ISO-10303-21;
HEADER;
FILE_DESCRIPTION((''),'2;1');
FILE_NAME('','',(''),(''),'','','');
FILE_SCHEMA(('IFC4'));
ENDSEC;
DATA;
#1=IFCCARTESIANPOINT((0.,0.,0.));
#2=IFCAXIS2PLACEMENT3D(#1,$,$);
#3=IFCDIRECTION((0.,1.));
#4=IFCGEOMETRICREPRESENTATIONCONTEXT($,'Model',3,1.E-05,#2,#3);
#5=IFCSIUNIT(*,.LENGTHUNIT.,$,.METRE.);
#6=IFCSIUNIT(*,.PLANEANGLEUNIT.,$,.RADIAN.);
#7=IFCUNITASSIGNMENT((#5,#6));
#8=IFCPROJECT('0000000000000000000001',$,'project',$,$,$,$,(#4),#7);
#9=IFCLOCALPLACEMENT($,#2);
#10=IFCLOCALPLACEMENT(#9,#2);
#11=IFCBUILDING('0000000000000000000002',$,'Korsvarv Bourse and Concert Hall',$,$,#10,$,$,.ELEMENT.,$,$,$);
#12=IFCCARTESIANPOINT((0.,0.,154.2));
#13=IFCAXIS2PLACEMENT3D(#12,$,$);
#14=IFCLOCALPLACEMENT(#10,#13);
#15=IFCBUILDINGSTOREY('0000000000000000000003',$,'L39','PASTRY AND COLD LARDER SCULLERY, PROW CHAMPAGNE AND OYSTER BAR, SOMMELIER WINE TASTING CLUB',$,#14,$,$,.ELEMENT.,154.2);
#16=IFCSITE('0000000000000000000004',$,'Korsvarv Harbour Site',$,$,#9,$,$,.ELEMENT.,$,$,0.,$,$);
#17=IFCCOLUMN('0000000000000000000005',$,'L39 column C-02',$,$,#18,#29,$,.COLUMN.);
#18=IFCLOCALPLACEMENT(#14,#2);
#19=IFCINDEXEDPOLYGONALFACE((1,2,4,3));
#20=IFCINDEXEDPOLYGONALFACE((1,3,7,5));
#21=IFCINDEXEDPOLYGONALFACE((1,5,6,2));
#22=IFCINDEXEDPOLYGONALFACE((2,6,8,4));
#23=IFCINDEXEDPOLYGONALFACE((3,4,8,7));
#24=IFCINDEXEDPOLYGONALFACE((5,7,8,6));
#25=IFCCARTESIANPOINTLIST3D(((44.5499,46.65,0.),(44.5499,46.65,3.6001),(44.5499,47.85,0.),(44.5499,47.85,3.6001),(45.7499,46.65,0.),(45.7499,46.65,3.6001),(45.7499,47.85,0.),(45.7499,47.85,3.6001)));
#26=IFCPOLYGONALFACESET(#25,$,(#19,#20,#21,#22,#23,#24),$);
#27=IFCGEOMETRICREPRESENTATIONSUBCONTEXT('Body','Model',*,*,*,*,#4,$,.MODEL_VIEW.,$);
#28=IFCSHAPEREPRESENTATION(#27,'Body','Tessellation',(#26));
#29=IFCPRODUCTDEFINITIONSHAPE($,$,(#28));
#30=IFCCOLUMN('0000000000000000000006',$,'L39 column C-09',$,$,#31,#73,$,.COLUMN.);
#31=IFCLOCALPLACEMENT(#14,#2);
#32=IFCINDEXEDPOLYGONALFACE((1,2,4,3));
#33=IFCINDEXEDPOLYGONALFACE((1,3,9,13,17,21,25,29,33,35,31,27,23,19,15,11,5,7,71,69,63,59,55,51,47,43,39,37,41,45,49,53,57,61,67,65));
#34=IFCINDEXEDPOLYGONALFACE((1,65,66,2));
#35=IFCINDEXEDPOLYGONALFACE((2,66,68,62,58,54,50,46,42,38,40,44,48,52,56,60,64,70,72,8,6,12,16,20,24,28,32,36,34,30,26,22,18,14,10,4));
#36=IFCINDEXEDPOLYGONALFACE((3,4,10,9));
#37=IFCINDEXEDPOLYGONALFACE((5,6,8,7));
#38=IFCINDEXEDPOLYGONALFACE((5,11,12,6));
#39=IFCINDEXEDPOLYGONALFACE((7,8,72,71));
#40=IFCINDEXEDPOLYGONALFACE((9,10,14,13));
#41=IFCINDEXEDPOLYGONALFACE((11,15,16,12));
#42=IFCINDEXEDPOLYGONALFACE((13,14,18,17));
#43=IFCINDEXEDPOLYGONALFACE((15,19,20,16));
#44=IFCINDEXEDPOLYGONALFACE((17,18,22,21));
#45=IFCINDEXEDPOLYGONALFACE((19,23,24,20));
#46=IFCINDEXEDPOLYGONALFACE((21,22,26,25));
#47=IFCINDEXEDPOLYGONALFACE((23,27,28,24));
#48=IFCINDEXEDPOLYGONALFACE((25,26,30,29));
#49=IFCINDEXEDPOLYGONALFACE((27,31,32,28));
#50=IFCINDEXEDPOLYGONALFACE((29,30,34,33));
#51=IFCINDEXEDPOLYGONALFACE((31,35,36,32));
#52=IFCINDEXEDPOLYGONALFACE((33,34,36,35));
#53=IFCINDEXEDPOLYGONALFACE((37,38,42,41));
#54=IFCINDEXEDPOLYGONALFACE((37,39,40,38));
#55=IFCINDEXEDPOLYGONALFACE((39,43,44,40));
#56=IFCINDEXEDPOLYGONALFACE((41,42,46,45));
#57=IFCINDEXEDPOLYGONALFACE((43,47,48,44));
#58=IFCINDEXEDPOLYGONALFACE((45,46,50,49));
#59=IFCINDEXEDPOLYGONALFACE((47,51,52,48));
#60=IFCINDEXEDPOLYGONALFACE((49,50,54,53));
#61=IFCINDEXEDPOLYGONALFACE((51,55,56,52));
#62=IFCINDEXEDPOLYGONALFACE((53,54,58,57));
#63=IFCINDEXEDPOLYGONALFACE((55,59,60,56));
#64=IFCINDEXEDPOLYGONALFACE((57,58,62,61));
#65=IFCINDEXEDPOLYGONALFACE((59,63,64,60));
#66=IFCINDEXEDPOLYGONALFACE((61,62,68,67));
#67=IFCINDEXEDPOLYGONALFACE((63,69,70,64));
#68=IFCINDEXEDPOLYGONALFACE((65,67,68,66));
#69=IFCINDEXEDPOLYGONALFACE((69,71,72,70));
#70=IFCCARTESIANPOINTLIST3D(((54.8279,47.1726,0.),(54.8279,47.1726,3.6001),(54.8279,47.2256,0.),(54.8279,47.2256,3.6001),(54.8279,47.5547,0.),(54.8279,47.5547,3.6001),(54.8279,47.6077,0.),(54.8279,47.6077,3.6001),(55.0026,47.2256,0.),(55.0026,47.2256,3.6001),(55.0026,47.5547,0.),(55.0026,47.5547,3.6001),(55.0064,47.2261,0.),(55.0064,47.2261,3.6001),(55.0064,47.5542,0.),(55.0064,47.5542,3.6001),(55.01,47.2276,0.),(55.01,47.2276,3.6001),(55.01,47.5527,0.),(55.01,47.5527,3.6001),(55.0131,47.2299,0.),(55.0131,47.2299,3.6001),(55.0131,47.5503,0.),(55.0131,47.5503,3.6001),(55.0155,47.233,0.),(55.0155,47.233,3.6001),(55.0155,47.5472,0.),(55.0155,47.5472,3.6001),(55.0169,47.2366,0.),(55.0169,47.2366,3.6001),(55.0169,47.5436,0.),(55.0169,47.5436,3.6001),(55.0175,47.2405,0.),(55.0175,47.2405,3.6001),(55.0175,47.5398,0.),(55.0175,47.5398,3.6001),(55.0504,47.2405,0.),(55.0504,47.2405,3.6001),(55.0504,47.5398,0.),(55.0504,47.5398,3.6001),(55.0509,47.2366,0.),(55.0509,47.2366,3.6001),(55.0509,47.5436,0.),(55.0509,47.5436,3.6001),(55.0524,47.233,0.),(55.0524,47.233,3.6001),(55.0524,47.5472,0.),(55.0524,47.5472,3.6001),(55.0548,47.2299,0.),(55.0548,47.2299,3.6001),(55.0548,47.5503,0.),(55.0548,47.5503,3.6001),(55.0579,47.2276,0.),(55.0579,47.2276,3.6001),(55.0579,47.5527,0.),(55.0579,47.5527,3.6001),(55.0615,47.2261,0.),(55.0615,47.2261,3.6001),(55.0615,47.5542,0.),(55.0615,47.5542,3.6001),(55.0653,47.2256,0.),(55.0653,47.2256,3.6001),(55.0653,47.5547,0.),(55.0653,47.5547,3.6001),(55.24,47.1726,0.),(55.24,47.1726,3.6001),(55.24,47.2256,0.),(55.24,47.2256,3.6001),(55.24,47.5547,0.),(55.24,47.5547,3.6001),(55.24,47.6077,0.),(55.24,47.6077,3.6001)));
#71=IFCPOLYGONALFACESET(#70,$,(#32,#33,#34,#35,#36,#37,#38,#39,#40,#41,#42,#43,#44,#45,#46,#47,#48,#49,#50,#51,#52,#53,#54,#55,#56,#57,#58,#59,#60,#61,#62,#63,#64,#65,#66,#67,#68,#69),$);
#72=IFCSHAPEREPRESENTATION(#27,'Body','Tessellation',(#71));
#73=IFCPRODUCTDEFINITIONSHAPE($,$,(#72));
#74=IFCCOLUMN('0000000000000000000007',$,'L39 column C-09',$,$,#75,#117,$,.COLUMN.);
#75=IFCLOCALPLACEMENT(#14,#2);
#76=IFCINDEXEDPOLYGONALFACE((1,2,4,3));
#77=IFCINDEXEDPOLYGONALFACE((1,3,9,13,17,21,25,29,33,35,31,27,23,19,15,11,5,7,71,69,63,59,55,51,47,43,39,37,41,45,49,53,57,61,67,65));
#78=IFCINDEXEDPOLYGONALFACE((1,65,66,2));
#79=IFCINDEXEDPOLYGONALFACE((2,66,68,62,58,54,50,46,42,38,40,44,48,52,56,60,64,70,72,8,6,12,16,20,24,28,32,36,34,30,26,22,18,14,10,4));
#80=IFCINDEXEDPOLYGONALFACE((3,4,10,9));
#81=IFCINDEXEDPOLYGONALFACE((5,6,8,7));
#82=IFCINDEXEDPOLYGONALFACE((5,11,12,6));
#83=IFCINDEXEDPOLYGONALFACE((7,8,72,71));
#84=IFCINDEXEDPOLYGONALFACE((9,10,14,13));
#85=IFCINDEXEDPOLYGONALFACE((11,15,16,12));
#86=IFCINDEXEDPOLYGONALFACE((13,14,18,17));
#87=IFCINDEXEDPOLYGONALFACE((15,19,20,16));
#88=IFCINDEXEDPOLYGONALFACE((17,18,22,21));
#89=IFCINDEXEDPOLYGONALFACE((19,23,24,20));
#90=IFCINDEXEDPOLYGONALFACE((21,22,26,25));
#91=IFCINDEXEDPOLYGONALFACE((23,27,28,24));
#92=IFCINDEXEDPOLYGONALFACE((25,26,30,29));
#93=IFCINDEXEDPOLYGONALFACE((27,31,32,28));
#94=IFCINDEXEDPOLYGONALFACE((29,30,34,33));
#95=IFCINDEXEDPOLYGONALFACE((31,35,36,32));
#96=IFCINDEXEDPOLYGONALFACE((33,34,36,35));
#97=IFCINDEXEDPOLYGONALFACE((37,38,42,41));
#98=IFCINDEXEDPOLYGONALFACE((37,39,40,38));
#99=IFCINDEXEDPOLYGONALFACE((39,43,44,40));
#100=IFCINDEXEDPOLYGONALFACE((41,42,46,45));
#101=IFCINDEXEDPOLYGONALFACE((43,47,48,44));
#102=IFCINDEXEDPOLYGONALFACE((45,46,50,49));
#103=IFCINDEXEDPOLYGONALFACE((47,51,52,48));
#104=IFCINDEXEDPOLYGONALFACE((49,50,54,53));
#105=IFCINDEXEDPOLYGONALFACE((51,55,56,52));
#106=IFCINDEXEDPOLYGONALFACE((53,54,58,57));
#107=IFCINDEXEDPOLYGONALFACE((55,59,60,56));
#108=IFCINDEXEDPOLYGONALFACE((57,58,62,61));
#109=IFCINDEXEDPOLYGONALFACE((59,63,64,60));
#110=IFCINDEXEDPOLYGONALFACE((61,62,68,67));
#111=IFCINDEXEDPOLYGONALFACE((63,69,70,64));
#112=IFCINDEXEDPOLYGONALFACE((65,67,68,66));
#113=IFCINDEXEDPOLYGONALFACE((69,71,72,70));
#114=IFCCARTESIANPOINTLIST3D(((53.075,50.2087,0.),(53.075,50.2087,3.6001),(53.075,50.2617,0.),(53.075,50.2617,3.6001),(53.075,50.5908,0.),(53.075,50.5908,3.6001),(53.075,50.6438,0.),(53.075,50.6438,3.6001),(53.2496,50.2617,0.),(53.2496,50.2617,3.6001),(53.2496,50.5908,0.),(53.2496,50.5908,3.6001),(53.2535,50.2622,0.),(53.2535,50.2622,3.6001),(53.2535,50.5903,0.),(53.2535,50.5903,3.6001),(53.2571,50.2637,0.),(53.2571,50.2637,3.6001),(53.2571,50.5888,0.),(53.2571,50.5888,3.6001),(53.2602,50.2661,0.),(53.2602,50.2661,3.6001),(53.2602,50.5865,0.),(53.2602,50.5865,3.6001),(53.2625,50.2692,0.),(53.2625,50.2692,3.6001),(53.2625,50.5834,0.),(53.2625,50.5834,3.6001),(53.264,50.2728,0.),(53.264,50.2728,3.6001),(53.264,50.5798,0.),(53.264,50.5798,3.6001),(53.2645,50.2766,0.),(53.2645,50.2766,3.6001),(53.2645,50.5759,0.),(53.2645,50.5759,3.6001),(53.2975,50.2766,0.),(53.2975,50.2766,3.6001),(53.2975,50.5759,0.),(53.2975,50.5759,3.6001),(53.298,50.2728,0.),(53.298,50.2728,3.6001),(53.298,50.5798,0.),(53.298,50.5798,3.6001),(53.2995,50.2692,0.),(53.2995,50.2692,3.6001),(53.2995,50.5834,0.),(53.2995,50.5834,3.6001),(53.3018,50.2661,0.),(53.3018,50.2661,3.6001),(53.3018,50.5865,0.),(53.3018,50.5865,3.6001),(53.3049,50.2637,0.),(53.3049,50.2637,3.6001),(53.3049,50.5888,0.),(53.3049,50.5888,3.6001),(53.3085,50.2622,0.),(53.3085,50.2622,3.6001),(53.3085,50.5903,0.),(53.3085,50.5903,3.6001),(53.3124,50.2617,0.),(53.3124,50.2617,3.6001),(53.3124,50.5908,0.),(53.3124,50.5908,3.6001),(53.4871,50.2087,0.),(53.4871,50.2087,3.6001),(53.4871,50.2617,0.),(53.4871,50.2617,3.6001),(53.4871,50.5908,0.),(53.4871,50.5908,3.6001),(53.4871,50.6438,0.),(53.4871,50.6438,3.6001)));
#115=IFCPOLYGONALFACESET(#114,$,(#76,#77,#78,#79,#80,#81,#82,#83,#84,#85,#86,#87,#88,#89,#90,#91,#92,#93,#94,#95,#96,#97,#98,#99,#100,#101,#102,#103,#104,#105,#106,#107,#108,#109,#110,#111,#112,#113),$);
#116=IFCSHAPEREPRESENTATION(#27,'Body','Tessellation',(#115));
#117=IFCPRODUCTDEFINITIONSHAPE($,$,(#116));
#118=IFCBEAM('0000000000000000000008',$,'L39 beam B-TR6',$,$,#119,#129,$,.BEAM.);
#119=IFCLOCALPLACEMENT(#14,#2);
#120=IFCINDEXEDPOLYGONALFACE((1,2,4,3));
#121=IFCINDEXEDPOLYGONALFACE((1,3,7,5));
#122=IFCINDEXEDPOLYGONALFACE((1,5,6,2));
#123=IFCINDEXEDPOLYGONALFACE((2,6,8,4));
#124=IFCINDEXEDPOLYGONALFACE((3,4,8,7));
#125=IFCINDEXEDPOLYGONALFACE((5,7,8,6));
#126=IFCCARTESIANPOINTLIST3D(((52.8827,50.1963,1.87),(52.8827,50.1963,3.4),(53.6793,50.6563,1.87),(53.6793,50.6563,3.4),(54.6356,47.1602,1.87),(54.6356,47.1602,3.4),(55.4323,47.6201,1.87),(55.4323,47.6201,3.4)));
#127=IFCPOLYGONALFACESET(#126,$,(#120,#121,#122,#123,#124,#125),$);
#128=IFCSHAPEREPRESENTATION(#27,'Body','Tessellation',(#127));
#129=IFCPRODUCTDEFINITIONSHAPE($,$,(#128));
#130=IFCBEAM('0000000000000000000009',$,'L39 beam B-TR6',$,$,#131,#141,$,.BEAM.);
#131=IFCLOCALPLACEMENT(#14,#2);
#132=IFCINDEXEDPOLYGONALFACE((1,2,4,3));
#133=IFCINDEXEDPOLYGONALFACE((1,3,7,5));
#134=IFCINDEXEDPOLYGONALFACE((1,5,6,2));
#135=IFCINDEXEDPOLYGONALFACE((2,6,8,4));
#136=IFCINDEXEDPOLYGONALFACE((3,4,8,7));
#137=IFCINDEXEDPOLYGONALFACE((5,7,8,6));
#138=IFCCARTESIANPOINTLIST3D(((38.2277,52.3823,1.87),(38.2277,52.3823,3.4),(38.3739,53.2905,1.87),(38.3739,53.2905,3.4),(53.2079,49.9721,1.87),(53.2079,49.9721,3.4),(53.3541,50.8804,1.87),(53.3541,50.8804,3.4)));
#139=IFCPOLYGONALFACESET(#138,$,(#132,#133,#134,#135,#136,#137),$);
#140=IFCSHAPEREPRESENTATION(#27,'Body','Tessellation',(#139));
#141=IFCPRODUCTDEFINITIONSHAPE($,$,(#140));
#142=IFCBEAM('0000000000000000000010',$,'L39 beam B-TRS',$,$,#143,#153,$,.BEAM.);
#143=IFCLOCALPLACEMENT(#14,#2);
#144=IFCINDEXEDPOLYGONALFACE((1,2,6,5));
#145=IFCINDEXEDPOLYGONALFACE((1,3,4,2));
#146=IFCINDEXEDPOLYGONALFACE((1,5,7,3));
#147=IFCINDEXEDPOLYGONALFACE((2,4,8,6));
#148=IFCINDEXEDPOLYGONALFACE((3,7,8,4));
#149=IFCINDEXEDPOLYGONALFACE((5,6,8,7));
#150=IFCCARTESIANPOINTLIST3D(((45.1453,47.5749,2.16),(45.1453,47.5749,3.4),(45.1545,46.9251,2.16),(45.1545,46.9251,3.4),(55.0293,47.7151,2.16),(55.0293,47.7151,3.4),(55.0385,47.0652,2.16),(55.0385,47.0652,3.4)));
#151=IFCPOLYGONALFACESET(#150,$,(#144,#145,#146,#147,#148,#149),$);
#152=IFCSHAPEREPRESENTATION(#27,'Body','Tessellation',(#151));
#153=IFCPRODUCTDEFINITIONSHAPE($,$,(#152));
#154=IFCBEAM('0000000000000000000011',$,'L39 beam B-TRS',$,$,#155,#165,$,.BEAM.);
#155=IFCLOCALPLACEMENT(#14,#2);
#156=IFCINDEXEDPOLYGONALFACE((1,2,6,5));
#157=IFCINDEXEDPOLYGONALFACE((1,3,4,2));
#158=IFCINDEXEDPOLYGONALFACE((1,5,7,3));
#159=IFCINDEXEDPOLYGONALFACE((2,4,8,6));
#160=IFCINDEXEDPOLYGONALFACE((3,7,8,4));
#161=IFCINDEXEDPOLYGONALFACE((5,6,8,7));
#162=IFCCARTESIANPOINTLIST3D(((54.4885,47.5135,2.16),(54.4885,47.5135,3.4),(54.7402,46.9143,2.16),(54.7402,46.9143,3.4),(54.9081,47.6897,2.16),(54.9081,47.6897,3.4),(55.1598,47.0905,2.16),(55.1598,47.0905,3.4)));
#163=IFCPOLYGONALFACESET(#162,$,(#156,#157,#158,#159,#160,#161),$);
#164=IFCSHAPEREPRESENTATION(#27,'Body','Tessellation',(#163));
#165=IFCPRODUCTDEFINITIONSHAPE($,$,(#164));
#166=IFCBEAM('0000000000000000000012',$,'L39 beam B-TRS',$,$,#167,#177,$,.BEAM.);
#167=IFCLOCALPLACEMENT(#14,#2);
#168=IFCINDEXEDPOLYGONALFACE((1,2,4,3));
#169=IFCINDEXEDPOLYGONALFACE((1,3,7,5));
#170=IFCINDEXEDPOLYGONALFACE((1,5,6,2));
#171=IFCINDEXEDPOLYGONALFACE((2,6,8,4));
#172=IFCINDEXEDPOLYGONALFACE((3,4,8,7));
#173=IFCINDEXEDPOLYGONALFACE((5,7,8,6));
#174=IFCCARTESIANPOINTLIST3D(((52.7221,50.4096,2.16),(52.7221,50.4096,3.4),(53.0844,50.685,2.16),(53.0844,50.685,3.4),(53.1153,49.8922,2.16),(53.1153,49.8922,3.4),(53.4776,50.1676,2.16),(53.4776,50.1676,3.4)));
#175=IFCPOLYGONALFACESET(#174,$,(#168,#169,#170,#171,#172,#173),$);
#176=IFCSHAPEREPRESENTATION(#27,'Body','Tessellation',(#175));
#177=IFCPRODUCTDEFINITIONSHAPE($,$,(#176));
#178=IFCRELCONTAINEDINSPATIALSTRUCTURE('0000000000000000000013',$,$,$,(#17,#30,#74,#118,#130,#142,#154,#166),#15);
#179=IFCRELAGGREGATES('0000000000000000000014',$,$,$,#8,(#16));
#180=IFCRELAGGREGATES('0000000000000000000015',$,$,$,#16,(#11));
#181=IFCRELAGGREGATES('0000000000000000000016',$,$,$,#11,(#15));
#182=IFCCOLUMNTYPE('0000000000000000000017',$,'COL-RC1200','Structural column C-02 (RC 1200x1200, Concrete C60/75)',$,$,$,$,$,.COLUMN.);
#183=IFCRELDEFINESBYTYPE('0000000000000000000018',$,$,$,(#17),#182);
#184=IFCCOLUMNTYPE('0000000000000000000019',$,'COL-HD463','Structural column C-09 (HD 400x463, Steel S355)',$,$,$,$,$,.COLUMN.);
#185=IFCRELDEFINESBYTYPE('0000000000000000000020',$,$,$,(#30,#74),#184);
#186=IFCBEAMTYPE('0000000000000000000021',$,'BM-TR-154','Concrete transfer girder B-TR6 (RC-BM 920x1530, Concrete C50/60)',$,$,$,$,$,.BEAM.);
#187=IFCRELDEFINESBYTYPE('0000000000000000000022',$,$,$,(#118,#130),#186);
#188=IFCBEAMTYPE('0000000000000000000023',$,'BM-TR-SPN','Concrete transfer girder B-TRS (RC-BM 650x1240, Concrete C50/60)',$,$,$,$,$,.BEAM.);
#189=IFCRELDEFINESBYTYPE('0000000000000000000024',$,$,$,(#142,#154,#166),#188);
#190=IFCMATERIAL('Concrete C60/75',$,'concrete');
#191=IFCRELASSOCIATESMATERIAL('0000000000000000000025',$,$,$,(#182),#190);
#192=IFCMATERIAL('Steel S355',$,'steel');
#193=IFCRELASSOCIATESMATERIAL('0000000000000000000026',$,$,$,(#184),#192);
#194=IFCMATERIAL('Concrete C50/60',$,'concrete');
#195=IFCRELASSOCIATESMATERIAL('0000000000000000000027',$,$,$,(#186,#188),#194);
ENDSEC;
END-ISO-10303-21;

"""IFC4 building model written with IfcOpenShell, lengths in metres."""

from ifc_helpers import new_model, si_unit, direction, frame, origin, origin_2d, place, context, subcontext, project, spatial, rectangle, i_section, extrude, source, transform, mapped, material, material_profile, profile_set, type_object, element, save


model = new_model("IFC4")

# Units and contexts
model_context = context("Model", 3, precision=1e-05, world=origin(), true_north=direction((0.0, 1.0)))
body_context = subcontext(model_context, "Body", "Model", "MODEL_VIEW")
ifc_project = project(units=[si_unit("LENGTHUNIT", "METRE"), si_unit("PLANEANGLEUNIT", "RADIAN")], contexts=[model_context])

# Site, building, storey
site_placement = place(None, origin())
site = spatial("IfcSite", under=ifc_project, at=site_placement, Name="Korsvarv Harbour Site", CompositionType="ELEMENT", RefElevation=0.0)
building_placement = place(site_placement, origin())
building = spatial("IfcBuilding", under=site, at=building_placement, Name="Korsvarv Bourse and Concert Hall", CompositionType="ELEMENT")
storey_placement = place(building_placement, frame((0.0, 0.0, 154.2)))
storey = spatial("IfcBuildingStorey", under=building, at=storey_placement, Name="L39", Description="PASTRY AND COLD LARDER SCULLERY, PROW CHAMPAGNE AND OYSTER BAR, SOMMELIER WINE TASTING CLUB", CompositionType="ELEMENT", Elevation=154.2)

# Columns
ifc_material_1 = material(Name="Concrete C60/75", Category="concrete")
ifc_material_profile_1 = material_profile(ifc_material_1, rectangle(XDim=1.2, YDim=1.2, at=origin_2d()), Name="RC 1200x1200")
ifc_profile_set_1 = profile_set([ifc_material_profile_1], Name="Concrete C60/75")
column_type_1 = type_object("IfcColumnType", Name="COL-RC1200", Description="Structural column C-02 (RC 1200x1200, Concrete C60/75)", PredefinedType="COLUMN", material=ifc_profile_set_1)
shared_shape_1 = source(origin(), body_context, "Body", "SweptSolid", [
    extrude(rectangle(XDim=1.2, YDim=1.2, at=origin_2d()), origin(), (0.0, 0.0, 1.0), 3.6001),
])
column_placement = place(storey_placement, frame((45.1499, 47.25, 0.0), z_axis=(0.0, 0.0, 1.0), x_axis=(1.0, 0.0, 0.0)))
element("IfcColumn", 1, at=column_placement, inside=storey, type_object=column_type_1, Name="L39 column C-02", PredefinedType="COLUMN", context=body_context, shape_type="MappedRepresentation", body=[
    mapped(shared_shape_1, transform((0.0, 0.0, 0.0), scale=1.0)),
])
ifc_material_2 = material(Name="Steel S355", Category="steel")
ifc_material_profile_2 = material_profile(ifc_material_2, i_section(OverallWidth=0.4121, OverallDepth=0.4351, WebThickness=0.033, FlangeThickness=0.053, FilletRadius=0.0149, at=origin_2d()), Name="HD 400x463")
ifc_profile_set_2 = profile_set([ifc_material_profile_2], Name="Steel S355")
column_type_2 = type_object("IfcColumnType", Name="COL-HD463", Description="Structural column C-09 (HD 400x463, Steel S355)", PredefinedType="COLUMN", material=ifc_profile_set_2)
shared_shape_2 = source(origin(), body_context, "Body", "SweptSolid", [
    extrude(i_section(OverallWidth=0.4121, OverallDepth=0.4351, WebThickness=0.033, FlangeThickness=0.053, FilletRadius=0.0149, at=origin_2d()), origin(), (0.0, 0.0, 1.0), 3.6001),
])
for number, where, z_axis, x_axis, name in (
    (2, (55.0339, 47.3901, 0.0), (0.0, 0.0, 1.0), (1.0, 0.0, 0.0), "L39 column C-09"),
    (3, (53.281, 50.4263, 0.0), (0.0, 0.0, 1.0), (1.0, 0.0, 0.0), "L39 column C-09"),
):
    element("IfcColumn", number, at=place(storey_placement, frame(where, z_axis=z_axis, x_axis=x_axis)), inside=storey, type_object=column_type_2, Name=name, PredefinedType="COLUMN", context=body_context, shape_type="MappedRepresentation", body=[
        mapped(shared_shape_2, transform((0.0, 0.0, 0.0), scale=1.0)),
    ])

# Beams
ifc_material_3 = material(Name="Concrete C50/60", Category="concrete")
ifc_material_profile_3 = material_profile(ifc_material_3, rectangle(XDim=0.9199, YDim=1.53, at=origin_2d()), Name="RC-BM 920x1530")
ifc_profile_set_3 = profile_set([ifc_material_profile_3], Name="Concrete C50/60")
beam_type_1 = type_object("IfcBeamType", Name="BM-TR-154", Description="Concrete transfer girder B-TR6 (RC-BM 920x1530, Concrete C50/60)", PredefinedType="BEAM", material=ifc_profile_set_3)
shared_shape_3 = source(origin(), body_context, "Body", "SweptSolid", [
    extrude(rectangle(XDim=0.9199, YDim=1.53, at=origin_2d()), origin(), (0.0, 0.0, 1.0), 3.5059),
])
beam_1_placement = place(storey_placement, frame((55.0339, 47.3901, 2.635), z_axis=(-0.500004, 0.866023, 0.0), x_axis=(-0.866023, -0.500004, 0.0)))
element("IfcBeam", 4, at=beam_1_placement, inside=storey, type_object=beam_type_1, Name="L39 beam B-TR6", PredefinedType="BEAM", context=body_context, shape_type="MappedRepresentation", body=[
    mapped(shared_shape_3, transform((0.0, 0.0, 0.0), scale=1.0)),
])
shared_shape_4 = source(origin(), body_context, "Body", "SweptSolid", [
    extrude(rectangle(XDim=0.9199, YDim=1.53, at=origin_2d()), origin(), (0.0, 0.0, 1.0), 15.1729),
])
beam_2_placement = place(storey_placement, frame((53.281, 50.4263, 2.635), z_axis=(-0.987303, 0.158846, 0.0), x_axis=(-0.158846, -0.987303, 0.0)))
element("IfcBeam", 5, at=beam_2_placement, inside=storey, type_object=beam_type_1, Name="L39 beam B-TR6", PredefinedType="BEAM", context=body_context, shape_type="MappedRepresentation", body=[
    mapped(shared_shape_4, transform((0.0, 0.0, 0.0), scale=1.0)),
])
ifc_material_profile_4 = material_profile(ifc_material_3, rectangle(XDim=0.6499, YDim=1.24, at=origin_2d()), Name="RC-BM 650x1240")
ifc_profile_set_4 = profile_set([ifc_material_profile_4], Name="Concrete C50/60")
beam_type_2 = type_object("IfcBeamType", Name="BM-TR-SPN", Description="Concrete transfer girder B-TRS (RC-BM 650x1240, Concrete C50/60)", PredefinedType="BEAM", material=ifc_profile_set_4)
shared_shape_5 = source(origin(), body_context, "Body", "SweptSolid", [
    extrude(rectangle(XDim=0.6499, YDim=1.24, at=origin_2d()), origin(), (0.0, 0.0, 1.0), 9.885),
])
beam_3_placement = place(storey_placement, frame((55.0339, 47.3901, 2.78), z_axis=(-0.9999, -0.014177, 0.0), x_axis=(0.014177, -0.9999, 0.0)))
element("IfcBeam", 6, at=beam_3_placement, inside=storey, type_object=beam_type_2, Name="L39 beam B-TRS", PredefinedType="BEAM", context=body_context, shape_type="MappedRepresentation", body=[
    mapped(shared_shape_5, transform((0.0, 0.0, 0.0), scale=1.0)),
])
shared_shape_6 = source(origin(), body_context, "Body", "SweptSolid", [
    extrude(rectangle(XDim=0.6499, YDim=1.24, at=origin_2d()), origin(), (0.0, 0.0, 1.0), 0.4551),
])
for number, where, z_axis, x_axis, name in (
    (7, (55.0339, 47.3901, 2.78), (-0.921978, -0.387242, 0.0), (0.387242, -0.921978, 0.0), "L39 beam B-TRS"),
    (8, (53.281, 50.4263, 2.78), (-0.796121, -0.605138, 0.0), (0.605138, -0.796121, 0.0), "L39 beam B-TRS"),
):
    element("IfcBeam", number, at=place(storey_placement, frame(where, z_axis=z_axis, x_axis=x_axis)), inside=storey, type_object=beam_type_2, Name=name, PredefinedType="BEAM", context=body_context, shape_type="MappedRepresentation", body=[
        mapped(shared_shape_6, transform((0.0, 0.0, 0.0), scale=1.0)),
    ])

save(model, "model.ifc")
